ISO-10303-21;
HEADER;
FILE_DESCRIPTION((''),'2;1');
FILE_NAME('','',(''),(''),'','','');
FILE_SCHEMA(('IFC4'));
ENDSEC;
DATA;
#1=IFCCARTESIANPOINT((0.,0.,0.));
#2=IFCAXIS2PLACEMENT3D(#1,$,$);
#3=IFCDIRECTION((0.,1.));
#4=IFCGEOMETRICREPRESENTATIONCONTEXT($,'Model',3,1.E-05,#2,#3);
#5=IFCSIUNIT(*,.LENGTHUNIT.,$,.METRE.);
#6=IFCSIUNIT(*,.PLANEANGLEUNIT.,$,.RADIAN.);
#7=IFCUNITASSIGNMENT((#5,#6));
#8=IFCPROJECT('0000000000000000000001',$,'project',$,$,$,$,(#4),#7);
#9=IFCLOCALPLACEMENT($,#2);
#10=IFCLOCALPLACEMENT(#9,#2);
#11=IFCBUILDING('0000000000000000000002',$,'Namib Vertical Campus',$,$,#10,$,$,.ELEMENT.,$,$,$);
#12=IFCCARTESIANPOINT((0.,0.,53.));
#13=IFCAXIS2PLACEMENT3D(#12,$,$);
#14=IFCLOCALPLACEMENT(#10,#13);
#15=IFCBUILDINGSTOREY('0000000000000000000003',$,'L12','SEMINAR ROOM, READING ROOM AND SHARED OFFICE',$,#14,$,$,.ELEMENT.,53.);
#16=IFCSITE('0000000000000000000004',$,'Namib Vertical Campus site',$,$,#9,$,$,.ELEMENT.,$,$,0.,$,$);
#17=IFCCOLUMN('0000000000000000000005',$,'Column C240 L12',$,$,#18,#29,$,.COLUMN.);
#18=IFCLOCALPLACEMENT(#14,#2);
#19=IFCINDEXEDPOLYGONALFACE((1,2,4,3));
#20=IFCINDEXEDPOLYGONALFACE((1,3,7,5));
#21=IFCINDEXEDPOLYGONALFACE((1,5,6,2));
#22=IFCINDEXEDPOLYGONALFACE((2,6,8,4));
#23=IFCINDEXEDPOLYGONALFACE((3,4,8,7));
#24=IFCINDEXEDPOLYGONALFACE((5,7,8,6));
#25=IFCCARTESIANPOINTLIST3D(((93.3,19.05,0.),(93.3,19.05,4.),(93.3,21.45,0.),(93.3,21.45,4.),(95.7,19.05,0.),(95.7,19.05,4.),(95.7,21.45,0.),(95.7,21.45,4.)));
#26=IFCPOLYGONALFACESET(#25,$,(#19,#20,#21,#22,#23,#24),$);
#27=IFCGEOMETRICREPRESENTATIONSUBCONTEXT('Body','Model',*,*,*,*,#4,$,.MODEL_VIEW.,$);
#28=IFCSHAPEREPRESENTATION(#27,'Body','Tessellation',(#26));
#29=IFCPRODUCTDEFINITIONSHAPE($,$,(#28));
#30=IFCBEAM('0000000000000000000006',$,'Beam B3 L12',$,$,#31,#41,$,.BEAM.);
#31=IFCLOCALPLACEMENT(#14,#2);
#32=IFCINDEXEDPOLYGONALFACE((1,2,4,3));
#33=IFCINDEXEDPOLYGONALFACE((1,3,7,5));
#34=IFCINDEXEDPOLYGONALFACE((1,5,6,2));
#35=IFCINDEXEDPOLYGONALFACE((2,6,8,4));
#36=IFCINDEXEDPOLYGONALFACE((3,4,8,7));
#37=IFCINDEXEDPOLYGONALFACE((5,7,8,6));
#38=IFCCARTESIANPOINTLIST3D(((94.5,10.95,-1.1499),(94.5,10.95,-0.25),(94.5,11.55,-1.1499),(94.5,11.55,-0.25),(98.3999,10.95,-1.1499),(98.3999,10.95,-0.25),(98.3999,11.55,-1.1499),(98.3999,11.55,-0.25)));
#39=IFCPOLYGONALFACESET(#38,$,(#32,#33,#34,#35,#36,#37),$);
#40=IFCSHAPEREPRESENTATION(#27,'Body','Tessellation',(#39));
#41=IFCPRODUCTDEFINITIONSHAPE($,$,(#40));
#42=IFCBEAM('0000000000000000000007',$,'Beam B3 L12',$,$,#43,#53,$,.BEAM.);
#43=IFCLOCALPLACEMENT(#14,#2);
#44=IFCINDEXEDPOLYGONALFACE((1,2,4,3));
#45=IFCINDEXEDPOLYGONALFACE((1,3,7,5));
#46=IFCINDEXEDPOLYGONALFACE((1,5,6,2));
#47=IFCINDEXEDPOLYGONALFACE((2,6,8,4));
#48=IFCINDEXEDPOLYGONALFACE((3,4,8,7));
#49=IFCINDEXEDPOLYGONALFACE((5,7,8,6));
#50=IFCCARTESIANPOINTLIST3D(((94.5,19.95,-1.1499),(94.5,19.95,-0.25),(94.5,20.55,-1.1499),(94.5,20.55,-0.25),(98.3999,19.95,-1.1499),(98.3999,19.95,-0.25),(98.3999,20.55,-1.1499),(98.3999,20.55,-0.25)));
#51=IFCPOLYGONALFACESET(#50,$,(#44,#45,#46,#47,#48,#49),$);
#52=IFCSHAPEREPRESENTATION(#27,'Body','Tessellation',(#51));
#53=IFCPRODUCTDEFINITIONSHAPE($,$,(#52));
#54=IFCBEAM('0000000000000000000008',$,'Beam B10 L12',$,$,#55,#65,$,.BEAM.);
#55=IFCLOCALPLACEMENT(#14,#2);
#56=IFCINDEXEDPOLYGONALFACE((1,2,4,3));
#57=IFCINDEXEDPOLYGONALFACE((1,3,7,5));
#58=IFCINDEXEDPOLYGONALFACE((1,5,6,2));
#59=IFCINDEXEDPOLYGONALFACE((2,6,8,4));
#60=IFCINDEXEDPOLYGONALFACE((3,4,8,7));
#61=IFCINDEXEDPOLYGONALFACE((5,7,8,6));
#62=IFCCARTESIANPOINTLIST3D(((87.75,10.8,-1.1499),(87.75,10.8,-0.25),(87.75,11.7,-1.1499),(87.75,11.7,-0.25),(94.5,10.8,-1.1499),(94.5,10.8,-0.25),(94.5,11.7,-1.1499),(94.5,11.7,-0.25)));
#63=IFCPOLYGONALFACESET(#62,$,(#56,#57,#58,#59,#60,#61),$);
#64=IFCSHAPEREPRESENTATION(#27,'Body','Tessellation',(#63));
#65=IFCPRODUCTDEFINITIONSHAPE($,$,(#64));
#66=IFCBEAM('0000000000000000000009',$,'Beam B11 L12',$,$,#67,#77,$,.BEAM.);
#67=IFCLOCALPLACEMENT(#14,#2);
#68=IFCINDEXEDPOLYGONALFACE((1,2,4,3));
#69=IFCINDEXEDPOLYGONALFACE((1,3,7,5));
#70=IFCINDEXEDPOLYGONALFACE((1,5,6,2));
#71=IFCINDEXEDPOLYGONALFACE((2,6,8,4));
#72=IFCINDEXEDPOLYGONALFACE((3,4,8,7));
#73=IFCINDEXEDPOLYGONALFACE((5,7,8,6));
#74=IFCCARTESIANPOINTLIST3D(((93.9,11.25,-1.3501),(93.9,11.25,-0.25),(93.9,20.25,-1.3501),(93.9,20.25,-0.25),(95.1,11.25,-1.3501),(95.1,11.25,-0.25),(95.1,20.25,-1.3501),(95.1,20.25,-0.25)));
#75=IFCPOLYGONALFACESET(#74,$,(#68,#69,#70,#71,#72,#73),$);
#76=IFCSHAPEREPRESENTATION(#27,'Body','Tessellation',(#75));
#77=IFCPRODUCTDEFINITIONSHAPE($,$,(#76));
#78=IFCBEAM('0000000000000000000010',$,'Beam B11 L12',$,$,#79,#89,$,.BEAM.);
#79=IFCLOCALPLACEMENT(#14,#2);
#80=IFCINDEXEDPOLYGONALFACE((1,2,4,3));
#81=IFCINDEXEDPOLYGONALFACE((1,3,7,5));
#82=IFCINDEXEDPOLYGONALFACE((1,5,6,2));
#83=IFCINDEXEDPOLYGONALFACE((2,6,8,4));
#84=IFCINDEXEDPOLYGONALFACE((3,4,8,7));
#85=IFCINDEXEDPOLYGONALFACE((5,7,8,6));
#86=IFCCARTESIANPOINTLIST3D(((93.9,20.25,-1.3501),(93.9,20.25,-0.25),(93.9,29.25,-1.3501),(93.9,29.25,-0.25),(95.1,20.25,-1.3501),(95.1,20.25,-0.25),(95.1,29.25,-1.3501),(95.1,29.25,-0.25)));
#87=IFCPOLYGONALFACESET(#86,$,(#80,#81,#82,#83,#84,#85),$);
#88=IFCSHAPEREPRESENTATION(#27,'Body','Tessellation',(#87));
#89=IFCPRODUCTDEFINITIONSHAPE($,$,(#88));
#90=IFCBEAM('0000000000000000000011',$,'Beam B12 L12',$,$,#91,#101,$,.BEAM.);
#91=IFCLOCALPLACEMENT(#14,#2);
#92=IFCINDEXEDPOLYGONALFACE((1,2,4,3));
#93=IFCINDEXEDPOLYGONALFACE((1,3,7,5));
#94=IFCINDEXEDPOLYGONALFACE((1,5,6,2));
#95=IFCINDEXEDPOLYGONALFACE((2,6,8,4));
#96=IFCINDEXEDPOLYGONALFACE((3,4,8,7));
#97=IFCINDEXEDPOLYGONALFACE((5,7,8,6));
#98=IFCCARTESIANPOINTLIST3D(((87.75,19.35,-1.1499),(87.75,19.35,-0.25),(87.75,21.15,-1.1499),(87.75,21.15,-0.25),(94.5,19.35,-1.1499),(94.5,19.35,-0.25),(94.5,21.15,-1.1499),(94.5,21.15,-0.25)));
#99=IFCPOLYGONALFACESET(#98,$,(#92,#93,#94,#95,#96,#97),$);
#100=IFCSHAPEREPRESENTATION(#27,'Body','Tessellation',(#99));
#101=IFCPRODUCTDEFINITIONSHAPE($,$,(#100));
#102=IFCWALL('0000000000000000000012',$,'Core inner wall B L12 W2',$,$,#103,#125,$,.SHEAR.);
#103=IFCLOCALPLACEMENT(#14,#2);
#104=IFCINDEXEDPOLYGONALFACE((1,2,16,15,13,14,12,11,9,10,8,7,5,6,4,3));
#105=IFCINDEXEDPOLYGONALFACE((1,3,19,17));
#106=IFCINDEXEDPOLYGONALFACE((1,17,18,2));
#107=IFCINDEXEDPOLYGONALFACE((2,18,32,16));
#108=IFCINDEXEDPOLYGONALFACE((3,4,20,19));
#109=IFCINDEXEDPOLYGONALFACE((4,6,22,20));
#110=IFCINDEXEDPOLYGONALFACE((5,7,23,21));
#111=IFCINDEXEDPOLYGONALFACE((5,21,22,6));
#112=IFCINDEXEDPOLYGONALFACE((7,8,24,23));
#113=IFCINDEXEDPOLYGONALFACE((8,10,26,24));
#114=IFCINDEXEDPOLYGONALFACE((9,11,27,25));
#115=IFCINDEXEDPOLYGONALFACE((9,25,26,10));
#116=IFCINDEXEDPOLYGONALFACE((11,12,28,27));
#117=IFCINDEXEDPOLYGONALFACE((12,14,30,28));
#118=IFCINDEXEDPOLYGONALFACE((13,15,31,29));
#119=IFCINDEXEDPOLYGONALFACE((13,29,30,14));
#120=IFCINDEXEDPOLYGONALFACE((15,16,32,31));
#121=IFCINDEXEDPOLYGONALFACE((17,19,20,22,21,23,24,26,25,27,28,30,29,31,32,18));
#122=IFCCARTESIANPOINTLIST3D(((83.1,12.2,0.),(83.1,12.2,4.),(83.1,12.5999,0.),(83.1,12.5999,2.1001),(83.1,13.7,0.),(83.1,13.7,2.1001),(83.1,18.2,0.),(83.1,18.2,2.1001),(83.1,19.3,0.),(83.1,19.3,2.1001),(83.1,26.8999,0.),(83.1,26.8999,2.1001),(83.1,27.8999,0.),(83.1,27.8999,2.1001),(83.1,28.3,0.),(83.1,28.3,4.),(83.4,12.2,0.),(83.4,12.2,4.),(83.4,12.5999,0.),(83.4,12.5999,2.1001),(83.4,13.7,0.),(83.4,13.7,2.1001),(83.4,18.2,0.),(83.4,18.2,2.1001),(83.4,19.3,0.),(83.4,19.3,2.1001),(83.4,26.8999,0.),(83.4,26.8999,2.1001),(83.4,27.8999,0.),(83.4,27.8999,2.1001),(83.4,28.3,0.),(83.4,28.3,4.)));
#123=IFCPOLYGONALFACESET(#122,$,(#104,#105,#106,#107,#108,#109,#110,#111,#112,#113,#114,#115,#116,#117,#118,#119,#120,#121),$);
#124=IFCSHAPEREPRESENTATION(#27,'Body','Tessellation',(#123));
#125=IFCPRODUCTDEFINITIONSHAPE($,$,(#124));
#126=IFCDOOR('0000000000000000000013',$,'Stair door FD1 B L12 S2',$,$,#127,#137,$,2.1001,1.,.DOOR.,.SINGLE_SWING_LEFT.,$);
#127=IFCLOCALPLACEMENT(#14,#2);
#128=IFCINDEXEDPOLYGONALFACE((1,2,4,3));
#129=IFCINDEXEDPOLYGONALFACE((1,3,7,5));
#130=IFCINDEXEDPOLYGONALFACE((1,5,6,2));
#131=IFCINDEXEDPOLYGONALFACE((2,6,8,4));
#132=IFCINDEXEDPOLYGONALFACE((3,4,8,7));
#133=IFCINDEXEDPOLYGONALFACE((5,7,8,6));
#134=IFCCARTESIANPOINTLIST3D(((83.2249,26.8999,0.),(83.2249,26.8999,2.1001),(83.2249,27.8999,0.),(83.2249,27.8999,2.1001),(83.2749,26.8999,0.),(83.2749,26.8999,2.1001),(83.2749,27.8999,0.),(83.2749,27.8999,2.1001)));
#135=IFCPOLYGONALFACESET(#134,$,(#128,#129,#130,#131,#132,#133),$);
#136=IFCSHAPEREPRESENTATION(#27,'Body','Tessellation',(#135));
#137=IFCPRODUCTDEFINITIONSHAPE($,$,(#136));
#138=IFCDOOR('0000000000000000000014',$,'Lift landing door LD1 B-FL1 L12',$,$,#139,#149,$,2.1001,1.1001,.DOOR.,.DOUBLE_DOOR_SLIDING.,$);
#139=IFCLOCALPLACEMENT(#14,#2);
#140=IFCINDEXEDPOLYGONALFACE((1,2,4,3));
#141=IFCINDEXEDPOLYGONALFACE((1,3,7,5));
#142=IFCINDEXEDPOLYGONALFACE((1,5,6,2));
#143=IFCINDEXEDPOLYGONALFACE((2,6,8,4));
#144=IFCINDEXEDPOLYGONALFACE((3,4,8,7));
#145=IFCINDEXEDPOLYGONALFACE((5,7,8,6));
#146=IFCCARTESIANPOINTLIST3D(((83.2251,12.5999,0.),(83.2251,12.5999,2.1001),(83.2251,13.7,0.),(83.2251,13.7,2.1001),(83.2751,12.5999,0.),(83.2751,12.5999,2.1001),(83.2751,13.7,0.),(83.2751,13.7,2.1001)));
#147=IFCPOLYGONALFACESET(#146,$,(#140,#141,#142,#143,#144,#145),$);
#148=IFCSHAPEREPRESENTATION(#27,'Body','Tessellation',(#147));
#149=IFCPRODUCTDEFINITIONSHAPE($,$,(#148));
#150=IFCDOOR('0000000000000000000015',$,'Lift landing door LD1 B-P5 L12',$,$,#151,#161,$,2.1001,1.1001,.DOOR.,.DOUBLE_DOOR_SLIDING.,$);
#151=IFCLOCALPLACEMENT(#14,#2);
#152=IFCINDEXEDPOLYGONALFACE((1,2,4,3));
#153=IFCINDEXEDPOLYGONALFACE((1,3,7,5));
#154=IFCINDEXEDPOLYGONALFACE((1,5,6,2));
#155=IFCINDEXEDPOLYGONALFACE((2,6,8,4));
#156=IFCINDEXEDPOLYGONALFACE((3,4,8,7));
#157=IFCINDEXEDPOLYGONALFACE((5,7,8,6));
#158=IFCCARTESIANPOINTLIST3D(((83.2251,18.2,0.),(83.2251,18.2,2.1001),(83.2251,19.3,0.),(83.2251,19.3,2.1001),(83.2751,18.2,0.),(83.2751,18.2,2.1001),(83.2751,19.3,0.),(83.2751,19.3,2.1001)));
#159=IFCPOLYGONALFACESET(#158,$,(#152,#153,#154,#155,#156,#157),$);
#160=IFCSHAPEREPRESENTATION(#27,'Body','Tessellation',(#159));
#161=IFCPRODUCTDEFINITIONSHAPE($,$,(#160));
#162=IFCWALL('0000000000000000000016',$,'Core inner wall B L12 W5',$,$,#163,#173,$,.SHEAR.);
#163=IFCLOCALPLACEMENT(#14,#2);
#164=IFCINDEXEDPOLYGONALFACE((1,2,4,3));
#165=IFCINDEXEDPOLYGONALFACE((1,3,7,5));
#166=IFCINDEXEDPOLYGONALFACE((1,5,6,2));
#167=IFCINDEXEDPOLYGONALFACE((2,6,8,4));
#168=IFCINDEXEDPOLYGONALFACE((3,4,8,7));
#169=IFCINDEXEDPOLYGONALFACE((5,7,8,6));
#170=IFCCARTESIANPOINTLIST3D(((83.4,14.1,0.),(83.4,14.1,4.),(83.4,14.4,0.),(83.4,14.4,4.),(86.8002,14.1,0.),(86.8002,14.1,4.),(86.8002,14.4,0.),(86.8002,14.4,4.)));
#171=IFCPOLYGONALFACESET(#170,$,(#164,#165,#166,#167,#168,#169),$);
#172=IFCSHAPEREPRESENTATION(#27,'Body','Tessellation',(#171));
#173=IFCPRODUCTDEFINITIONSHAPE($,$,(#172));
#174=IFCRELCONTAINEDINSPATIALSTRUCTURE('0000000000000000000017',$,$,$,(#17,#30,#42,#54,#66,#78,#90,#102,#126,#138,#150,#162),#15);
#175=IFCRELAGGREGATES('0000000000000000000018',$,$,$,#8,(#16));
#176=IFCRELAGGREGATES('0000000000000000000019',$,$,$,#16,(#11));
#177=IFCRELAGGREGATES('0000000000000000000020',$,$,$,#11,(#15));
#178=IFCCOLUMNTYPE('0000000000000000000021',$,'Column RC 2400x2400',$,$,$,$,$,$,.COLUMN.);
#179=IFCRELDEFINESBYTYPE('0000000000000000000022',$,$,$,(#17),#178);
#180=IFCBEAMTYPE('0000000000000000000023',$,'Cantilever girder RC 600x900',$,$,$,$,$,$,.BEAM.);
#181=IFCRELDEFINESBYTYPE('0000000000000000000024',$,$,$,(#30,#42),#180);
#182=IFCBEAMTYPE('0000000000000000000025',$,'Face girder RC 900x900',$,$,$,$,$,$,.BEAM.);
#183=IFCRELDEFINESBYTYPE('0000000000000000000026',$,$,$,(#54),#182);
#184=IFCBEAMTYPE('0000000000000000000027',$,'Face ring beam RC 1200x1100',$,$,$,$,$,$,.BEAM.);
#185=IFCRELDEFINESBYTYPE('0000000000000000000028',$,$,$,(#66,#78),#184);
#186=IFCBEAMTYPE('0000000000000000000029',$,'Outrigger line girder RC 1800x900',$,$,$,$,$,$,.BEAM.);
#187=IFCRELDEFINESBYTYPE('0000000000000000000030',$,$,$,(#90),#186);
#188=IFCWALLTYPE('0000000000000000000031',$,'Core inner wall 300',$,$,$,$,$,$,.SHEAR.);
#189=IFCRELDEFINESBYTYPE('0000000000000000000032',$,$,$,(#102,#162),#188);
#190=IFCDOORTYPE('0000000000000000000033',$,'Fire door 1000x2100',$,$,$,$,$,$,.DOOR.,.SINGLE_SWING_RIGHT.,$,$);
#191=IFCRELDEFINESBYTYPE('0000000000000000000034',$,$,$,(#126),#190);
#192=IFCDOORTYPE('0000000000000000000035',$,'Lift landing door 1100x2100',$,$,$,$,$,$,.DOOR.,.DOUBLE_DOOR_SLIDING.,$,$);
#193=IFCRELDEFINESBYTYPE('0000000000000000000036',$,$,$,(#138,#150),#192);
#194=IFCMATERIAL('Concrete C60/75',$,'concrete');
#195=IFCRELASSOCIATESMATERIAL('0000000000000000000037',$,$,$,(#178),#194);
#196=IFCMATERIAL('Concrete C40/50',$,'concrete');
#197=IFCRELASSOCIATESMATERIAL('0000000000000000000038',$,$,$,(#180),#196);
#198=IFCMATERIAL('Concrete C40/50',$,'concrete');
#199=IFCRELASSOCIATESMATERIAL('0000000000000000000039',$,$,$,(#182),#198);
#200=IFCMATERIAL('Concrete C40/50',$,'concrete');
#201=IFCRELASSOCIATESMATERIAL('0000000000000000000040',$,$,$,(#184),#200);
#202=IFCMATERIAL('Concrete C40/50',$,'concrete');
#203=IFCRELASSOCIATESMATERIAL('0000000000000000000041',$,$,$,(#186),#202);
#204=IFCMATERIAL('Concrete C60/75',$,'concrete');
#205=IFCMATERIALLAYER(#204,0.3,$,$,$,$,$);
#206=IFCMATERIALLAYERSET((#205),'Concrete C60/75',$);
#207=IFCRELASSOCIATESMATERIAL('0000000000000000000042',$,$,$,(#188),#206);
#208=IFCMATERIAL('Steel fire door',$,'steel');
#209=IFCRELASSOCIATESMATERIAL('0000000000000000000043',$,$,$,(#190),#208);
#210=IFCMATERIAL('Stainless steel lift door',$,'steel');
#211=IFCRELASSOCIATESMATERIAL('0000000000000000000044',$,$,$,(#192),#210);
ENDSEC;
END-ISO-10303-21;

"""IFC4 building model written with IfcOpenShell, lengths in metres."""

from ifc_helpers import new_model, si_unit, direction, frame, frame_2d, origin, origin_2d, place, context, subcontext, project, spatial, rectangle, extrude, material, layer, layer_set, material_profile, profile_set, type_object, element, fill, save


model = new_model("IFC4")

# Units and contexts
model_context = context("Model", 3, precision=1e-05, world=origin(), true_north=direction((0.0, 1.0)))
body_context = subcontext(model_context, "Body", "Model", "MODEL_VIEW")
ifc_project = project(units=[si_unit("LENGTHUNIT", "METRE"), si_unit("PLANEANGLEUNIT", "RADIAN")], contexts=[model_context])

# Site, building, storey
site_placement = place(None, origin())
site = spatial("IfcSite", under=ifc_project, at=site_placement, Name="Namib Vertical Campus site", CompositionType="ELEMENT", RefElevation=0.0)
building_placement = place(site_placement, origin())
building = spatial("IfcBuilding", under=site, at=building_placement, Name="Namib Vertical Campus", CompositionType="ELEMENT")
storey_placement = place(building_placement, frame((0.0, 0.0, 53.0)))
storey = spatial("IfcBuildingStorey", under=building, at=storey_placement, Name="L12", Description="SEMINAR ROOM, READING ROOM AND SHARED OFFICE", CompositionType="ELEMENT", Elevation=53.0)

# Column
ifc_material_1 = material(Name="Concrete C60/75", Category="concrete")
ifc_material_profile_1 = material_profile(ifc_material_1, rectangle(XDim=2.3999, YDim=2.3999, at=origin_2d()))
ifc_profile_set_1 = profile_set([ifc_material_profile_1], Name="Concrete C60/75")
column_type = type_object("IfcColumnType", Name="Column RC 2400x2400", PredefinedType="COLUMN", material=ifc_profile_set_1)
column_placement = place(storey_placement, frame((94.5, 20.25, 0.0), z_axis=(0.0, 0.0, 1.0), x_axis=(1.0, 0.0, 0.0)))
element("IfcColumn", 1, at=column_placement, inside=storey, type_object=column_type, Name="Column C240 L12", PredefinedType="COLUMN", context=body_context, shape_type="SweptSolid", body=[
    extrude(rectangle(XDim=2.3999, YDim=2.3999, at=origin_2d()), origin(), (0.0, 0.0, 1.0), 4.0),
])

# Beams
ifc_material_2 = material(Name="Concrete C40/50", Category="concrete")
ifc_material_profile_2 = material_profile(ifc_material_2, rectangle(XDim=0.6001, YDim=0.8999, at=origin_2d()))
ifc_profile_set_2 = profile_set([ifc_material_profile_2], Name="Concrete C40/50")
beam_type_1 = type_object("IfcBeamType", Name="Cantilever girder RC 600x900", PredefinedType="BEAM", material=ifc_profile_set_2)
for number, where, z_axis, x_axis, name in (
    (2, (94.5, 11.25, -0.7), (1.0, 0.0, 0.0), (0.0, 1.0, 0.0), "Beam B3 L12"),
    (3, (94.5, 20.25, -0.7), (1.0, 0.0, 0.0), (0.0, 1.0, 0.0), "Beam B3 L12"),
):
    element("IfcBeam", number, at=place(storey_placement, frame(where, z_axis=z_axis, x_axis=x_axis)), inside=storey, type_object=beam_type_1, Name=name, PredefinedType="BEAM", context=body_context, shape_type="SweptSolid", body=[
        extrude(rectangle(XDim=0.6001, YDim=0.8999, at=origin_2d()), origin(), (0.0, 0.0, 1.0), 3.8999),
    ])
ifc_material_3 = material(Name="Concrete C40/50", Category="concrete")
ifc_material_profile_3 = material_profile(ifc_material_3, rectangle(XDim=0.8999, YDim=0.8999, at=origin_2d()))
ifc_profile_set_3 = profile_set([ifc_material_profile_3], Name="Concrete C40/50")
beam_type_2 = type_object("IfcBeamType", Name="Face girder RC 900x900", PredefinedType="BEAM", material=ifc_profile_set_3)
beam_1_placement = place(storey_placement, frame((94.5, 11.25, -0.7), z_axis=(-1.0, 0.0, 0.0), x_axis=(0.0, -1.0, 0.0)))
element("IfcBeam", 4, at=beam_1_placement, inside=storey, type_object=beam_type_2, Name="Beam B10 L12", PredefinedType="BEAM", context=body_context, shape_type="SweptSolid", body=[
    extrude(rectangle(XDim=0.8999, YDim=0.8999, at=origin_2d()), origin(), (0.0, 0.0, 1.0), 6.75),
])
ifc_material_4 = material(Name="Concrete C40/50", Category="concrete")
ifc_material_profile_4 = material_profile(ifc_material_4, rectangle(XDim=1.2, YDim=1.1001, at=origin_2d()))
ifc_profile_set_4 = profile_set([ifc_material_profile_4], Name="Concrete C40/50")
beam_type_3 = type_object("IfcBeamType", Name="Face ring beam RC 1200x1100", PredefinedType="BEAM", material=ifc_profile_set_4)
for number, where, z_axis, x_axis, name in (
    (5, (94.5, 11.25, -0.8), (0.0, 1.0, 0.0), (-1.0, 0.0, 0.0), "Beam B11 L12"),
    (6, (94.5, 20.25, -0.8), (0.0, 1.0, 0.0), (-1.0, 0.0, 0.0), "Beam B11 L12"),
):
    element("IfcBeam", number, at=place(storey_placement, frame(where, z_axis=z_axis, x_axis=x_axis)), inside=storey, type_object=beam_type_3, Name=name, PredefinedType="BEAM", context=body_context, shape_type="SweptSolid", body=[
        extrude(rectangle(XDim=1.2, YDim=1.1001, at=origin_2d()), origin(), (0.0, 0.0, 1.0), 9.0),
    ])
ifc_material_5 = material(Name="Concrete C40/50", Category="concrete")
ifc_material_profile_5 = material_profile(ifc_material_5, rectangle(XDim=1.8, YDim=0.8999, at=origin_2d()))
ifc_profile_set_5 = profile_set([ifc_material_profile_5], Name="Concrete C40/50")
beam_type_4 = type_object("IfcBeamType", Name="Outrigger line girder RC 1800x900", PredefinedType="BEAM", material=ifc_profile_set_5)
beam_2_placement = place(storey_placement, frame((94.5, 20.25, -0.7), z_axis=(-1.0, 0.0, 0.0), x_axis=(0.0, -1.0, 0.0)))
element("IfcBeam", 7, at=beam_2_placement, inside=storey, type_object=beam_type_4, Name="Beam B12 L12", PredefinedType="BEAM", context=body_context, shape_type="SweptSolid", body=[
    extrude(rectangle(XDim=1.8, YDim=0.8999, at=origin_2d()), origin(), (0.0, 0.0, 1.0), 6.75),
])

# Wall, openings, doors
ifc_material_6 = material(Name="Concrete C60/75", Category="concrete")
ifc_layer_1 = layer(ifc_material_6, 0.3)
ifc_layer_set_1 = layer_set([ifc_layer_1], Name="Concrete C60/75")
wall_type_1 = type_object("IfcWallType", Name="Core inner wall 300", PredefinedType="SHEAR", material=ifc_layer_set_1)
wall_1_placement = place(storey_placement, frame((83.25, 12.2, 0.0), z_axis=(0.0, 0.0, 1.0), x_axis=(0.0, 1.0, 0.0)))
wall_1 = element("IfcWall", 8, at=wall_1_placement, inside=storey, type_object=wall_type_1, Name="Core inner wall B L12 W2", PredefinedType="SHEAR", context=body_context, shape_type="SweptSolid", body=[
    extrude(rectangle(XDim=16.1001, YDim=0.3, at=frame_2d((8.05, 0.0))), origin(), (0.0, 0.0, 1.0), 4.0),
])
opening_1_placement = place(wall_1_placement, frame((14.7, 0.0, 0.0)))
opening_1 = element("IfcOpeningElement", 9, at=opening_1_placement, cuts=wall_1, PredefinedType="OPENING", context=body_context, shape_type="SweptSolid", body=[
    extrude(rectangle(XDim=1.0, YDim=2.1001, at=frame_2d((0.5, 1.05))), frame((0.0, 0.1599, 0.0), z_axis=(0.0, -1.0, 0.0), x_axis=(1.0, 0.0, 0.0)), (0.0, 0.0, 1.0), 0.3201),
])
opening_2_placement = place(wall_1_placement, frame((0.3999, 0.0, 0.0)))
opening_2 = element("IfcOpeningElement", 10, at=opening_2_placement, cuts=wall_1, PredefinedType="OPENING", context=body_context, shape_type="SweptSolid", body=[
    extrude(rectangle(XDim=1.1001, YDim=2.1001, at=frame_2d((0.55, 1.05))), frame((0.0, 0.1599, 0.0), z_axis=(0.0, -1.0, 0.0), x_axis=(1.0, 0.0, 0.0)), (0.0, 0.0, 1.0), 0.3201),
])
opening_3_placement = place(wall_1_placement, frame((6.0, 0.0, 0.0)))
opening_3 = element("IfcOpeningElement", 11, at=opening_3_placement, cuts=wall_1, PredefinedType="OPENING", context=body_context, shape_type="SweptSolid", body=[
    extrude(rectangle(XDim=1.1001, YDim=2.1001, at=frame_2d((0.55, 1.05))), frame((0.0, 0.1599, 0.0), z_axis=(0.0, -1.0, 0.0), x_axis=(1.0, 0.0, 0.0)), (0.0, 0.0, 1.0), 0.3201),
])
ifc_material_7 = material(Name="Steel fire door", Category="steel")
door_type_1 = type_object("IfcDoorType", Name="Fire door 1000x2100", OperationType="SINGLE_SWING_RIGHT", PredefinedType="DOOR", material=ifc_material_7)
door_1_placement = place(opening_1_placement, frame((1.0, 0.0, 0.0), z_axis=(0.0, 0.0, 1.0), x_axis=(-1.0, 0.0, 0.0)))
door_1 = element("IfcDoor", 12, at=door_1_placement, inside=storey, type_object=door_type_1, Name="Stair door FD1 B L12 S2", OperationType="SINGLE_SWING_LEFT", OverallHeight=2.1001, OverallWidth=1.0, PredefinedType="DOOR", context=body_context, shape_type="SweptSolid", body=[
    extrude(rectangle(XDim=1.0, YDim=2.1001, at=frame_2d((0.5, 1.05))), frame((0.0, 0.0249, 0.0), z_axis=(0.0, -1.0, 0.0), x_axis=(1.0, 0.0, 0.0)), (0.0, 0.0, 1.0), 0.05),
])
fill(opening_1, door_1)
ifc_material_8 = material(Name="Stainless steel lift door", Category="steel")
door_type_2 = type_object("IfcDoorType", Name="Lift landing door 1100x2100", OperationType="DOUBLE_DOOR_SLIDING", PredefinedType="DOOR", material=ifc_material_8)
door_2_placement = place(opening_2_placement, origin())
door_2 = element("IfcDoor", 13, at=door_2_placement, inside=storey, type_object=door_type_2, Name="Lift landing door LD1 B-FL1 L12", OperationType="DOUBLE_DOOR_SLIDING", OverallHeight=2.1001, OverallWidth=1.1001, PredefinedType="DOOR", context=body_context, shape_type="SweptSolid", body=[
    extrude(rectangle(XDim=1.1001, YDim=2.1001, at=frame_2d((0.55, 1.05))), frame((0.0, 0.0249, 0.0), z_axis=(0.0, -1.0, 0.0), x_axis=(1.0, 0.0, 0.0)), (0.0, 0.0, 1.0), 0.05),
])
fill(opening_2, door_2)
door_3_placement = place(opening_3_placement, origin())
door_3 = element("IfcDoor", 14, at=door_3_placement, inside=storey, type_object=door_type_2, Name="Lift landing door LD1 B-P5 L12", OperationType="DOUBLE_DOOR_SLIDING", OverallHeight=2.1001, OverallWidth=1.1001, PredefinedType="DOOR", context=body_context, shape_type="SweptSolid", body=[
    extrude(rectangle(XDim=1.1001, YDim=2.1001, at=frame_2d((0.55, 1.05))), frame((0.0, 0.0249, 0.0), z_axis=(0.0, -1.0, 0.0), x_axis=(1.0, 0.0, 0.0)), (0.0, 0.0, 1.0), 0.05),
])
fill(opening_3, door_3)

# Wall
for number, where, z_axis, x_axis, name in (
    (15, (83.3999, 14.25, 0.0), (0.0, 0.0, 1.0), (1.0, 0.0, 0.0), "Core inner wall B L12 W5"),
):
    element("IfcWall", number, at=place(storey_placement, frame(where, z_axis=z_axis, x_axis=x_axis)), inside=storey, type_object=wall_type_1, Name=name, PredefinedType="SHEAR", context=body_context, shape_type="SweptSolid", body=[
        extrude(rectangle(XDim=3.4001, YDim=0.3, at=frame_2d((1.7002, 0.0))), origin(), (0.0, 0.0, 1.0), 4.0),
    ])

save(model, "model.ifc")
